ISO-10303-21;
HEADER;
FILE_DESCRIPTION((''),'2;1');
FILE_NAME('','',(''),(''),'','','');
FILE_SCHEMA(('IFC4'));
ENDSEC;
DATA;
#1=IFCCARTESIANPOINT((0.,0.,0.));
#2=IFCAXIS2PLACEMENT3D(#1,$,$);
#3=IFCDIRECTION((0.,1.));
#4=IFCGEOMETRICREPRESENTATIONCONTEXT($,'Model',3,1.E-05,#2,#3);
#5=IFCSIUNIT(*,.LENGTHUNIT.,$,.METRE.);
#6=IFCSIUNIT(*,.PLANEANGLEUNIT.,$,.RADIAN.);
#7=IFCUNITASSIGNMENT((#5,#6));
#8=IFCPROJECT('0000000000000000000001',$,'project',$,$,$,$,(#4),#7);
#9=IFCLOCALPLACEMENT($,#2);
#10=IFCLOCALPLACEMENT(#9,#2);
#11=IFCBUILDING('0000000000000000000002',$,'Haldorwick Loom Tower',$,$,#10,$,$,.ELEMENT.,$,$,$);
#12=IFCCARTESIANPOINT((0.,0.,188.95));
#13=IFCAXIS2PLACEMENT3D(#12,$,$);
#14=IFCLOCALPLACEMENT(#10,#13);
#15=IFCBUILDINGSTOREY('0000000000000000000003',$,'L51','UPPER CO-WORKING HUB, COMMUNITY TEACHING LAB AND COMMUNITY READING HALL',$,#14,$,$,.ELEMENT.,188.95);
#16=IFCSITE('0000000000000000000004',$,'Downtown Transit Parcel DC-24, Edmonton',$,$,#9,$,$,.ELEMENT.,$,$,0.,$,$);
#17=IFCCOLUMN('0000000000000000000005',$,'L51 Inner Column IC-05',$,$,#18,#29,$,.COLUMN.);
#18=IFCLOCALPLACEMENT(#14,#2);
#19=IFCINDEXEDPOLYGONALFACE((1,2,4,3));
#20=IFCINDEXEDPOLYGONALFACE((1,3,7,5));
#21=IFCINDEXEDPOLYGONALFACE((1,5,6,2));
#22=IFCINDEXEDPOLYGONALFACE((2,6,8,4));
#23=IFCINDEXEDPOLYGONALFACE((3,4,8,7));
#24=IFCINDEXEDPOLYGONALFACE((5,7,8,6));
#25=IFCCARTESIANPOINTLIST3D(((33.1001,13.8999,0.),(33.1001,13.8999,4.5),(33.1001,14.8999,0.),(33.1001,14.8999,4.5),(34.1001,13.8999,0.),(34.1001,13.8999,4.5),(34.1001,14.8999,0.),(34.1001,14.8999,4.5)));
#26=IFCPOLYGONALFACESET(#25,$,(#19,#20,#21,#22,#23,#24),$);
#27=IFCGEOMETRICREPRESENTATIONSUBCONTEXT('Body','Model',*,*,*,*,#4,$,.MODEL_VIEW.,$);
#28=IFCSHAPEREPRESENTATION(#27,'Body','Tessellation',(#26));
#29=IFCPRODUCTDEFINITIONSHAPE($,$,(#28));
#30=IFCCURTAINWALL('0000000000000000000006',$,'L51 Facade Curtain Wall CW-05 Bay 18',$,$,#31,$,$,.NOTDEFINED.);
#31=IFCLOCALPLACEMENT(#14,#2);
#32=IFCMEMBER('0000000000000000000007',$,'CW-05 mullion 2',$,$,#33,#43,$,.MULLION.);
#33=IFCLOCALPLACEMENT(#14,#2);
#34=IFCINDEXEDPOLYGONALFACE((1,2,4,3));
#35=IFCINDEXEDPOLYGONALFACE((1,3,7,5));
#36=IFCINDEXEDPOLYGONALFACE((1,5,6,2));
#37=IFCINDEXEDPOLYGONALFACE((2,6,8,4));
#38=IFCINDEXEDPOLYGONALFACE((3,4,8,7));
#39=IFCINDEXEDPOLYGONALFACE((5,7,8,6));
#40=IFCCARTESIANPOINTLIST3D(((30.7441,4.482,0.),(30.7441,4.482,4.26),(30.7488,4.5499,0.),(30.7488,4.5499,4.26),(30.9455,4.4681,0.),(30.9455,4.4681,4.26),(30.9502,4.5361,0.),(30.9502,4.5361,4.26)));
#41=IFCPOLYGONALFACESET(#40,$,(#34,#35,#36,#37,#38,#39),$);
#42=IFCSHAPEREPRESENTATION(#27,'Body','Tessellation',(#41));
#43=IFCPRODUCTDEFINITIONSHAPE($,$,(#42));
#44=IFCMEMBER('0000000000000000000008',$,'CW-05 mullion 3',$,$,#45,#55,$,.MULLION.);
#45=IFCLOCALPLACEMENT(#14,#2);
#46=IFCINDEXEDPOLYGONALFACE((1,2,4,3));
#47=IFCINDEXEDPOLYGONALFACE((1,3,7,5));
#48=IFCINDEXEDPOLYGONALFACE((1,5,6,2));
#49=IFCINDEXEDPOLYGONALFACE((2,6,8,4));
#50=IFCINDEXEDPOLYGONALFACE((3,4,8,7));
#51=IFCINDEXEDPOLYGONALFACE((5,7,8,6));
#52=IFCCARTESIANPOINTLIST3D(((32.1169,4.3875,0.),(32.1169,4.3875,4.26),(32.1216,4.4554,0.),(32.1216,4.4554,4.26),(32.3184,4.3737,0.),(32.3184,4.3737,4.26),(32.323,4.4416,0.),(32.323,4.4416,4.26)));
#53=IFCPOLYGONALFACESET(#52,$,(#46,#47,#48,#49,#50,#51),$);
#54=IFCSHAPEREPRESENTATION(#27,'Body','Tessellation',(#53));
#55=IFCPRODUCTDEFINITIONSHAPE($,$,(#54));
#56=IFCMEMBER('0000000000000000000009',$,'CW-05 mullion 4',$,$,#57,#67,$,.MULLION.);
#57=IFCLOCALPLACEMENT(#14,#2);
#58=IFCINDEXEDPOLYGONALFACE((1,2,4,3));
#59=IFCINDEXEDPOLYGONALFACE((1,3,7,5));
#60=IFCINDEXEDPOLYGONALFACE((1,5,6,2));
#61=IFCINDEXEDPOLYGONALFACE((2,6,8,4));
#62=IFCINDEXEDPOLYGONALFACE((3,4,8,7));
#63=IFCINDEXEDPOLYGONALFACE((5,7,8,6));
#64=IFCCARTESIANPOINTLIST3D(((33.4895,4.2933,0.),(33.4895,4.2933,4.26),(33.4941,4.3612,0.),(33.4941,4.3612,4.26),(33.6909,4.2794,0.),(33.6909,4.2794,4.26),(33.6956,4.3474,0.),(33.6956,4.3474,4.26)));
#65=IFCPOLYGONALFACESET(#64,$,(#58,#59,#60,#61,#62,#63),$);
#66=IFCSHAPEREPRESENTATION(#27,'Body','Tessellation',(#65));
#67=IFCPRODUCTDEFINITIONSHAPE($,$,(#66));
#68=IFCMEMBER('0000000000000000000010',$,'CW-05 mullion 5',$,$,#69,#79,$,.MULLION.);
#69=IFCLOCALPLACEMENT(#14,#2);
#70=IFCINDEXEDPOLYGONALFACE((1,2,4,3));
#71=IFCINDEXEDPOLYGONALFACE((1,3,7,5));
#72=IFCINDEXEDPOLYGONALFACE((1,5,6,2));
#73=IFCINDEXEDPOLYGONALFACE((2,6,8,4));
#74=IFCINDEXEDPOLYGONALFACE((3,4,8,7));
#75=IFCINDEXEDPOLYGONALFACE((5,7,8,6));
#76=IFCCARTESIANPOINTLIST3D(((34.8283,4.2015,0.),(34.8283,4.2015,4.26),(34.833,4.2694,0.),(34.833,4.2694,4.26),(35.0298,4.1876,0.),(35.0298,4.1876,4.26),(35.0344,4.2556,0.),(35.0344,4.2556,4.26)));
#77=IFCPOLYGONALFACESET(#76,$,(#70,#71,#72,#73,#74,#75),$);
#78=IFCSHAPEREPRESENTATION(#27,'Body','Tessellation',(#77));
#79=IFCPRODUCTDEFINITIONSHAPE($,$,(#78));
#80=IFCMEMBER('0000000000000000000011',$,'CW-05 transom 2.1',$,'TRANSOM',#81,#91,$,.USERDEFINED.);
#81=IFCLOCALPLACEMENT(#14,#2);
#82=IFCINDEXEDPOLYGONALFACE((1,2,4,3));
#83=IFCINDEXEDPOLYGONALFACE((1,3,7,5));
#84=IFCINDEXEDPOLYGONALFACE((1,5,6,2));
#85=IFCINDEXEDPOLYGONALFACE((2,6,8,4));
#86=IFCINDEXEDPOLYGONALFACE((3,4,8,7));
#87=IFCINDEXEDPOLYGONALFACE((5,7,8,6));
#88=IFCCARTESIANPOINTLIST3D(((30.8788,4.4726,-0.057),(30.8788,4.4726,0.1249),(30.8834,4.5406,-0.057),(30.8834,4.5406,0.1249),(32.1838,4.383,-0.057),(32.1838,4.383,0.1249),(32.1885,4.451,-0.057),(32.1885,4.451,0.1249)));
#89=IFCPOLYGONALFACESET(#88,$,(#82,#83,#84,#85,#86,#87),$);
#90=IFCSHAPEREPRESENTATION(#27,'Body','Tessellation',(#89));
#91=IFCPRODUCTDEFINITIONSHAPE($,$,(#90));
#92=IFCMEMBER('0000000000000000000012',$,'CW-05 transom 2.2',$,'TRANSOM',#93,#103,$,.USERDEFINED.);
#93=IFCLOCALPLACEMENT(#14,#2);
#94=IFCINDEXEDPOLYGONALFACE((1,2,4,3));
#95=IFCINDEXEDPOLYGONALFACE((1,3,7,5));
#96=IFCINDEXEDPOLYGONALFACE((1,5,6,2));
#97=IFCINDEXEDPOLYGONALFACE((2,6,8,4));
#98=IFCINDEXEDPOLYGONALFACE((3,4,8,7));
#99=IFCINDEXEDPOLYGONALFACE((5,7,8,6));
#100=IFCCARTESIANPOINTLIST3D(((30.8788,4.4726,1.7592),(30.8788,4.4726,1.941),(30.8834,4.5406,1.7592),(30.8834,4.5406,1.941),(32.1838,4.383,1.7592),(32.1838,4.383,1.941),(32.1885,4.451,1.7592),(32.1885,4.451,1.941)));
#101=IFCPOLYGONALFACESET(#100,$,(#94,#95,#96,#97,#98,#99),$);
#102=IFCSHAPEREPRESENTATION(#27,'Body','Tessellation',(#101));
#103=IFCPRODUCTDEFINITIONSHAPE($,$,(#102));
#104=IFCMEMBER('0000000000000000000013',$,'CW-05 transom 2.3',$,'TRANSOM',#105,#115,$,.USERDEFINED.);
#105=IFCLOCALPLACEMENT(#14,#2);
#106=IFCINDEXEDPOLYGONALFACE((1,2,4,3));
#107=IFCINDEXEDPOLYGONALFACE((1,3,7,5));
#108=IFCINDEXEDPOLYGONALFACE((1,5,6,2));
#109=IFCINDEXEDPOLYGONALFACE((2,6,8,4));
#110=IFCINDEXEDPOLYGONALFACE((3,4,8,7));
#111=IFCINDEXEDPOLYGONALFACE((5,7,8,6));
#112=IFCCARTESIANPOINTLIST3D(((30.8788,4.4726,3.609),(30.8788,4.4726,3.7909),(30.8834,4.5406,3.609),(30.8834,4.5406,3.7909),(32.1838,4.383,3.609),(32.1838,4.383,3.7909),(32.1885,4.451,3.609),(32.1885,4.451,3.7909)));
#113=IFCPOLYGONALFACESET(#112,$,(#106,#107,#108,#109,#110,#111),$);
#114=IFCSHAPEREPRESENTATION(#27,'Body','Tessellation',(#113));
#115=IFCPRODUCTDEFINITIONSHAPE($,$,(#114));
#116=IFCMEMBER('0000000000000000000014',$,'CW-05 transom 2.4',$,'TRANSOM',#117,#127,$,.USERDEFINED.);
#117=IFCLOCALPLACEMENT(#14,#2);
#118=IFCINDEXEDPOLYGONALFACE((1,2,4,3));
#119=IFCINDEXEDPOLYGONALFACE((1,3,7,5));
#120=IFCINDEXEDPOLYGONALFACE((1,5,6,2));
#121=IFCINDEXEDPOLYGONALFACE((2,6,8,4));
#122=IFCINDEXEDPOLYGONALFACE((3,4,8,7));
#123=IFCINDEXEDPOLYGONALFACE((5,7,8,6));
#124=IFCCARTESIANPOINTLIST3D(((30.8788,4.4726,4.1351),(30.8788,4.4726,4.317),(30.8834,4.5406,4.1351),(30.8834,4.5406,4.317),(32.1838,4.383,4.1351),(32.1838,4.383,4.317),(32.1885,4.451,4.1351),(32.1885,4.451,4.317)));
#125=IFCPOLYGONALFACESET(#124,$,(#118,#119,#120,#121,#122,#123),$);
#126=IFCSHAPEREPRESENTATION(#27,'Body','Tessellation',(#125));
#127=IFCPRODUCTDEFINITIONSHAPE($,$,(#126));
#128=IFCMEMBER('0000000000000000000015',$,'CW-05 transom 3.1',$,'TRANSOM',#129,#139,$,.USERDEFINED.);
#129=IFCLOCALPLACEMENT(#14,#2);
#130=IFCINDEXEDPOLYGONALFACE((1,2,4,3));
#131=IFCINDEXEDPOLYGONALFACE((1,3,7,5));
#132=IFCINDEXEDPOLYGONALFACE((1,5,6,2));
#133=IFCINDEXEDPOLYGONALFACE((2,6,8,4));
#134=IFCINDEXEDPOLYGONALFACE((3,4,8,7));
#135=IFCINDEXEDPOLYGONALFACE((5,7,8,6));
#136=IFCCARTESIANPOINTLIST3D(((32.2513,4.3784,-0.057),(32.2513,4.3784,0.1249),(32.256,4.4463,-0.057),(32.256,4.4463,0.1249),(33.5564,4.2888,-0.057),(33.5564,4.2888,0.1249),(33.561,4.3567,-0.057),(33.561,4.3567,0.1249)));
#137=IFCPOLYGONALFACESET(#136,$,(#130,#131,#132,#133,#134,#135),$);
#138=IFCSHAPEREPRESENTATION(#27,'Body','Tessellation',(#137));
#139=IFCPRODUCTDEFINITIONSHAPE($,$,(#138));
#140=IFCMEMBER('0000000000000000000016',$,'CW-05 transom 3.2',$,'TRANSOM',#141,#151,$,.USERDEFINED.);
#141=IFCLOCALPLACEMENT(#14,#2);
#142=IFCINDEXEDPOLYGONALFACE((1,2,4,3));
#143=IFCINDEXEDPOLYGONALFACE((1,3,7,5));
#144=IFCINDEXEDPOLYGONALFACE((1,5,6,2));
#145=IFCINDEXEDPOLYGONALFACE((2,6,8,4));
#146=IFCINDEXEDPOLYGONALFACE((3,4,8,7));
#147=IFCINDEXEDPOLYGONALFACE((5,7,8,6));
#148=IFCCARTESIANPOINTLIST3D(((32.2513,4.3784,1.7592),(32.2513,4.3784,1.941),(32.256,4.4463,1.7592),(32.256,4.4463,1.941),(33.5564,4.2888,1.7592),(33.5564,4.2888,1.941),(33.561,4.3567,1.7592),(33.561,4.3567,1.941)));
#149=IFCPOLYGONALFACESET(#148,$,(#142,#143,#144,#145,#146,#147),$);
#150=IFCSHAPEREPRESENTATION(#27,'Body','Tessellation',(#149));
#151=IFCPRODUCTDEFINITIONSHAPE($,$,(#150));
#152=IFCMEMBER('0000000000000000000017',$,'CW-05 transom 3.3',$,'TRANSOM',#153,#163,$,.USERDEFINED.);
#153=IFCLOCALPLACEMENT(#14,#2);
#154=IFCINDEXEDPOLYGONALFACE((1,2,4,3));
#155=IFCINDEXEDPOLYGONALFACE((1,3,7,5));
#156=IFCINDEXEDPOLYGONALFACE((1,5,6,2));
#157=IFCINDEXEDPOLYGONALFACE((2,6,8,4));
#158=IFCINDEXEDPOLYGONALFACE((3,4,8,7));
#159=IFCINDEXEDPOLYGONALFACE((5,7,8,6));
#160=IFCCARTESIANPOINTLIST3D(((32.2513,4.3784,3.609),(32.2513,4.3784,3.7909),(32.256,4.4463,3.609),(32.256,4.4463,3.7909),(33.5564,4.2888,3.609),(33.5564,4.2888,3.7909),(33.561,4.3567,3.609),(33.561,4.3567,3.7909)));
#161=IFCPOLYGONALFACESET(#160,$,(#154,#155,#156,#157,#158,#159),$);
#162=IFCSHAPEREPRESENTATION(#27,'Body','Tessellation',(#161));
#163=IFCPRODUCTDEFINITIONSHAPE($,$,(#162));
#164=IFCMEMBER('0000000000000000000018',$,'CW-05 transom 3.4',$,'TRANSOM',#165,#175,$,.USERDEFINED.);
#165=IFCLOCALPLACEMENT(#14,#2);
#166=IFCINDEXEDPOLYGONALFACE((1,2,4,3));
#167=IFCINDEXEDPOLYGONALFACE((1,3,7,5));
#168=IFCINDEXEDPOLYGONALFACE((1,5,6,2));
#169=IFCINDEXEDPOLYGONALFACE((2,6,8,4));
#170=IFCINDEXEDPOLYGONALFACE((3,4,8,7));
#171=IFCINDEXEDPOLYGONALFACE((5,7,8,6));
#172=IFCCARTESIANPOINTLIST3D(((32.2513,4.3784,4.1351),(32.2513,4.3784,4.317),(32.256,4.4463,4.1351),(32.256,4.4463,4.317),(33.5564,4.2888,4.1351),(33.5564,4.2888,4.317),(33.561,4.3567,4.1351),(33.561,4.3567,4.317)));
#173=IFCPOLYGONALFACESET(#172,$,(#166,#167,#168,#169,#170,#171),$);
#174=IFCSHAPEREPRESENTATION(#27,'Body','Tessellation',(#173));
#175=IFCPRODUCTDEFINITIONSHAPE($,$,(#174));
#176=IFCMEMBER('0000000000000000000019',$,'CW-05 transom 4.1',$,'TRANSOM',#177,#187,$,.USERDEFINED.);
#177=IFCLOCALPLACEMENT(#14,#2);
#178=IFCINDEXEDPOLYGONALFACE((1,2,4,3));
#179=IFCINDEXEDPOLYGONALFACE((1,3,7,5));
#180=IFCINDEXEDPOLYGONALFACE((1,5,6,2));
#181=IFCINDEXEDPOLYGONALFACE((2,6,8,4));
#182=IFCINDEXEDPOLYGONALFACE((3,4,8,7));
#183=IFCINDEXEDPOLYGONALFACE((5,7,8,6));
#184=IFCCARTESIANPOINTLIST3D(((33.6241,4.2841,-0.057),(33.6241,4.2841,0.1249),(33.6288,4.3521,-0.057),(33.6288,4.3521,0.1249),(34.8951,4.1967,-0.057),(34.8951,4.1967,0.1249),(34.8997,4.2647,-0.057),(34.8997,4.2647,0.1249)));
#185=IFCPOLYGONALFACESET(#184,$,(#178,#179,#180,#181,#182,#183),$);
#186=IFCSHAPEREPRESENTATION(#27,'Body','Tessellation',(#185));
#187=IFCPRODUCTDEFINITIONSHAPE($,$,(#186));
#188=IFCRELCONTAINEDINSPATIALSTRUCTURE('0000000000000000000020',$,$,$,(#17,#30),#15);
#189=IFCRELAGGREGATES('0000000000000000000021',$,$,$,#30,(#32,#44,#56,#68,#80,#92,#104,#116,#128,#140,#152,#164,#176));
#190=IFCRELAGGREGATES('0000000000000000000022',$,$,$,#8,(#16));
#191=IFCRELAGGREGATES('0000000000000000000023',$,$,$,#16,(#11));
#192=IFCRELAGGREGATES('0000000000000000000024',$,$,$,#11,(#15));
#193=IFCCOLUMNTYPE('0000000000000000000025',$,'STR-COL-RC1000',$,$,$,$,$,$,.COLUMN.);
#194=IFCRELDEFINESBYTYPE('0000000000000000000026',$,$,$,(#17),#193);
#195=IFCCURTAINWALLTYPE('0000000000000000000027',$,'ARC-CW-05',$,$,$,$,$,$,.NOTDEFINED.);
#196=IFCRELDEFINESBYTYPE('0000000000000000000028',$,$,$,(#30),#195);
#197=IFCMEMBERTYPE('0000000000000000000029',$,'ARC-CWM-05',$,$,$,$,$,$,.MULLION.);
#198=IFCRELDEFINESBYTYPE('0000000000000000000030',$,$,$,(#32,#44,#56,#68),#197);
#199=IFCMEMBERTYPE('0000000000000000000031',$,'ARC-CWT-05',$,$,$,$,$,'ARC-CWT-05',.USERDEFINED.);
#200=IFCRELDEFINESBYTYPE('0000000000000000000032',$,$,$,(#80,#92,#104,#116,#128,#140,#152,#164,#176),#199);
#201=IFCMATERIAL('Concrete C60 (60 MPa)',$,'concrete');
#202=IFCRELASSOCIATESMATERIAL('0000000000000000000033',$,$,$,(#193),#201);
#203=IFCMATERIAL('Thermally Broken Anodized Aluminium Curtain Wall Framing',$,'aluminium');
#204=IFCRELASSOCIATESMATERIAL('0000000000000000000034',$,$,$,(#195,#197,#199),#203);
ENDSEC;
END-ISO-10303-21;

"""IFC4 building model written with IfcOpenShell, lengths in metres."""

from ifc_helpers import new_model, si_unit, direction, frame, origin, origin_2d, place, context, subcontext, project, spatial, rectangle, extrude, material, material_profile, profile_set, type_object, element, aggregate, save


model = new_model("IFC4")

# Units and contexts
model_context = context("Model", 3, precision=1e-05, world=origin(), true_north=direction((0.0, 1.0)))
body_context = subcontext(model_context, "Body", "Model", "MODEL_VIEW")
ifc_project = project(units=[si_unit("LENGTHUNIT", "METRE"), si_unit("PLANEANGLEUNIT", "RADIAN")], contexts=[model_context])

# Site, building, storey
site_placement = place(None, origin())
site = spatial("IfcSite", under=ifc_project, at=site_placement, Name="Downtown Transit Parcel DC-24, Edmonton", CompositionType="ELEMENT", RefElevation=0.0)
building_placement = place(site_placement, origin())
building = spatial("IfcBuilding", under=site, at=building_placement, Name="Haldorwick Loom Tower", CompositionType="ELEMENT")
storey_placement = place(building_placement, frame((0.0, 0.0, 188.95)))
storey = spatial("IfcBuildingStorey", under=building, at=storey_placement, Name="L51", Description="UPPER CO-WORKING HUB, COMMUNITY TEACHING LAB AND COMMUNITY READING HALL", CompositionType="ELEMENT", Elevation=188.95)

# Column
ifc_material_1 = material(Name="Concrete C60 (60 MPa)", Category="concrete")
ifc_material_profile_1 = material_profile(ifc_material_1, rectangle(XDim=1.0, YDim=1.0, at=origin_2d()), Name="RC1000X1000", Category="concrete")
ifc_profile_set_1 = profile_set([ifc_material_profile_1], Name="Concrete C60 (60 MPa)")
column_type = type_object("IfcColumnType", Name="STR-COL-RC1000", PredefinedType="COLUMN", material=ifc_profile_set_1)
column_placement = place(storey_placement, frame((33.6001, 14.3999, 0.0), z_axis=(0.0, 0.0, 1.0), x_axis=(1.0, 0.0, 0.0)))
element("IfcColumn", 1, at=column_placement, inside=storey, type_object=column_type, Name="L51 Inner Column IC-05", PredefinedType="COLUMN", context=body_context, shape_type="SweptSolid", body=[
    extrude(rectangle(XDim=1.0, YDim=1.0, at=origin_2d()), origin(), (0.0, 0.0, 1.0), 4.5),
])

# Curtain wall, members
ifc_material_2 = material(Name="Thermally Broken Anodized Aluminium Curtain Wall Framing", Category="aluminium")
curtain_wall_type = type_object("IfcCurtainWallType", Name="ARC-CW-05", PredefinedType="NOTDEFINED", material=ifc_material_2)
curtain_wall_placement = place(storey_placement, origin())
curtain_wall = element("IfcCurtainWall", 2, at=curtain_wall_placement, inside=storey, type_object=curtain_wall_type, Name="L51 Facade Curtain Wall CW-05 Bay 18", PredefinedType="NOTDEFINED")
ifc_material_profile_2 = material_profile(ifc_material_2, rectangle(XDim=0.0681, YDim=0.2019, at=origin_2d()), Name="ALU_MUL_68X202", Category="aluminium")
ifc_profile_set_2 = profile_set([ifc_material_profile_2], Name="Thermally Broken Anodized Aluminium Curtain Wall Framing")
member_type_1 = type_object("IfcMemberType", Name="ARC-CWM-05", PredefinedType="MULLION", material=ifc_profile_set_2)
member_1_placement = place(storey_placement, frame((30.8472, 4.509, 0.0), z_axis=(0.0, 0.0, 1.0), x_axis=(0.068513, 0.99765, 0.0)))
member_1 = element("IfcMember", 3, at=member_1_placement, type_object=member_type_1, Name="CW-05 mullion 2", PredefinedType="MULLION", context=body_context, shape_type="SweptSolid", body=[
    extrude(rectangle(XDim=0.0681, YDim=0.2019, at=origin_2d()), origin(), (0.0, 0.0, 1.0), 4.26),
])
member_2_placement = place(storey_placement, frame((32.22, 4.4146, 0.0), z_axis=(0.0, 0.0, 1.0), x_axis=(0.068513, 0.99765, 0.0)))
member_2 = element("IfcMember", 4, at=member_2_placement, type_object=member_type_1, Name="CW-05 mullion 3", PredefinedType="MULLION", context=body_context, shape_type="SweptSolid", body=[
    extrude(rectangle(XDim=0.0681, YDim=0.2019, at=origin_2d()), origin(), (0.0, 0.0, 1.0), 4.26),
])
member_3_placement = place(storey_placement, frame((33.5925, 4.3203, 0.0), z_axis=(0.0, 0.0, 1.0), x_axis=(0.068513, 0.99765, 0.0)))
member_3 = element("IfcMember", 5, at=member_3_placement, type_object=member_type_1, Name="CW-05 mullion 4", PredefinedType="MULLION", context=body_context, shape_type="SweptSolid", body=[
    extrude(rectangle(XDim=0.0681, YDim=0.2019, at=origin_2d()), origin(), (0.0, 0.0, 1.0), 4.26),
])
member_4_placement = place(storey_placement, frame((34.9314, 4.2285, 0.0), z_axis=(0.0, 0.0, 1.0), x_axis=(0.068513, 0.99765, 0.0)))
member_4 = element("IfcMember", 6, at=member_4_placement, type_object=member_type_1, Name="CW-05 mullion 5", PredefinedType="MULLION", context=body_context, shape_type="SweptSolid", body=[
    extrude(rectangle(XDim=0.0681, YDim=0.2019, at=origin_2d()), origin(), (0.0, 0.0, 1.0), 4.26),
])
ifc_material_profile_3 = material_profile(ifc_material_2, rectangle(XDim=0.0681, YDim=0.1819, at=origin_2d()), Name="ALU_TRN_68X182", Category="aluminium")
ifc_profile_set_3 = profile_set([ifc_material_profile_3], Name="Thermally Broken Anodized Aluminium Curtain Wall Framing")
member_type_2 = type_object("IfcMemberType", Name="ARC-CWT-05", ElementType="ARC-CWT-05", PredefinedType="USERDEFINED", material=ifc_profile_set_3)
member_5_placement = place(storey_placement, frame((30.8811, 4.5066, 0.0339), z_axis=(0.997651, -0.068501, 0.0), x_axis=(0.068501, 0.997651, 0.0)))
member_5 = element("IfcMember", 7, at=member_5_placement, type_object=member_type_2, Name="CW-05 transom 2.1", ObjectType="TRANSOM", PredefinedType="USERDEFINED", context=body_context, shape_type="SweptSolid", body=[
    extrude(rectangle(XDim=0.0681, YDim=0.1819, at=origin_2d()), origin(), (0.0, 0.0, 1.0), 1.3081),
])
member_6_placement = place(storey_placement, frame((30.8811, 4.5066, 1.8501), z_axis=(0.997651, -0.068501, 0.0), x_axis=(0.068501, 0.997651, 0.0)))
member_6 = element("IfcMember", 8, at=member_6_placement, type_object=member_type_2, Name="CW-05 transom 2.2", ObjectType="TRANSOM", PredefinedType="USERDEFINED", context=body_context, shape_type="SweptSolid", body=[
    extrude(rectangle(XDim=0.0681, YDim=0.1819, at=origin_2d()), origin(), (0.0, 0.0, 1.0), 1.3081),
])
member_7_placement = place(storey_placement, frame((30.8811, 4.5066, 3.7), z_axis=(0.997651, -0.068501, 0.0), x_axis=(0.068501, 0.997651, 0.0)))
member_7 = element("IfcMember", 9, at=member_7_placement, type_object=member_type_2, Name="CW-05 transom 2.3", ObjectType="TRANSOM", PredefinedType="USERDEFINED", context=body_context, shape_type="SweptSolid", body=[
    extrude(rectangle(XDim=0.0681, YDim=0.1819, at=origin_2d()), origin(), (0.0, 0.0, 1.0), 1.3081),
])
member_8_placement = place(storey_placement, frame((30.8811, 4.5066, 4.2261), z_axis=(0.997651, -0.068501, 0.0), x_axis=(0.068501, 0.997651, 0.0)))
member_8 = element("IfcMember", 10, at=member_8_placement, type_object=member_type_2, Name="CW-05 transom 2.4", ObjectType="TRANSOM", PredefinedType="USERDEFINED", context=body_context, shape_type="SweptSolid", body=[
    extrude(rectangle(XDim=0.0681, YDim=0.1819, at=origin_2d()), origin(), (0.0, 0.0, 1.0), 1.3081),
])
member_9_placement = place(storey_placement, frame((32.2537, 4.4124, 0.0339), z_axis=(0.997651, -0.068501, 0.0), x_axis=(0.068501, 0.997651, 0.0)))
member_9 = element("IfcMember", 11, at=member_9_placement, type_object=member_type_2, Name="CW-05 transom 3.1", ObjectType="TRANSOM", PredefinedType="USERDEFINED", context=body_context, shape_type="SweptSolid", body=[
    extrude(rectangle(XDim=0.0681, YDim=0.1819, at=origin_2d()), origin(), (0.0, 0.0, 1.0), 1.3081),
])
member_10_placement = place(storey_placement, frame((32.2537, 4.4124, 1.8501), z_axis=(0.997651, -0.068501, 0.0), x_axis=(0.068501, 0.997651, 0.0)))
member_10 = element("IfcMember", 12, at=member_10_placement, type_object=member_type_2, Name="CW-05 transom 3.2", ObjectType="TRANSOM", PredefinedType="USERDEFINED", context=body_context, shape_type="SweptSolid", body=[
    extrude(rectangle(XDim=0.0681, YDim=0.1819, at=origin_2d()), origin(), (0.0, 0.0, 1.0), 1.3081),
])
member_11_placement = place(storey_placement, frame((32.2537, 4.4124, 3.7), z_axis=(0.997651, -0.068501, 0.0), x_axis=(0.068501, 0.997651, 0.0)))
member_11 = element("IfcMember", 13, at=member_11_placement, type_object=member_type_2, Name="CW-05 transom 3.3", ObjectType="TRANSOM", PredefinedType="USERDEFINED", context=body_context, shape_type="SweptSolid", body=[
    extrude(rectangle(XDim=0.0681, YDim=0.1819, at=origin_2d()), origin(), (0.0, 0.0, 1.0), 1.3081),
])
member_12_placement = place(storey_placement, frame((32.2537, 4.4124, 4.2261), z_axis=(0.997651, -0.068501, 0.0), x_axis=(0.068501, 0.997651, 0.0)))
member_12 = element("IfcMember", 14, at=member_12_placement, type_object=member_type_2, Name="CW-05 transom 3.4", ObjectType="TRANSOM", PredefinedType="USERDEFINED", context=body_context, shape_type="SweptSolid", body=[
    extrude(rectangle(XDim=0.0681, YDim=0.1819, at=origin_2d()), origin(), (0.0, 0.0, 1.0), 1.3081),
])
member_13_placement = place(storey_placement, frame((33.6265, 4.3181, 0.0339), z_axis=(0.997644, -0.068605, 0.0), x_axis=(0.068605, 0.997644, 0.0)))
member_13 = element("IfcMember", 15, at=member_13_placement, type_object=member_type_2, Name="CW-05 transom 4.1", ObjectType="TRANSOM", PredefinedType="USERDEFINED", context=body_context, shape_type="SweptSolid", body=[
    extrude(rectangle(XDim=0.0681, YDim=0.1819, at=origin_2d()), origin(), (0.0, 0.0, 1.0), 1.2739),
])

aggregate(curtain_wall, [member_1, member_2, member_3, member_4, member_5, member_6, member_7, member_8, member_9, member_10, member_11, member_12, member_13])

save(model, "model.ifc")
